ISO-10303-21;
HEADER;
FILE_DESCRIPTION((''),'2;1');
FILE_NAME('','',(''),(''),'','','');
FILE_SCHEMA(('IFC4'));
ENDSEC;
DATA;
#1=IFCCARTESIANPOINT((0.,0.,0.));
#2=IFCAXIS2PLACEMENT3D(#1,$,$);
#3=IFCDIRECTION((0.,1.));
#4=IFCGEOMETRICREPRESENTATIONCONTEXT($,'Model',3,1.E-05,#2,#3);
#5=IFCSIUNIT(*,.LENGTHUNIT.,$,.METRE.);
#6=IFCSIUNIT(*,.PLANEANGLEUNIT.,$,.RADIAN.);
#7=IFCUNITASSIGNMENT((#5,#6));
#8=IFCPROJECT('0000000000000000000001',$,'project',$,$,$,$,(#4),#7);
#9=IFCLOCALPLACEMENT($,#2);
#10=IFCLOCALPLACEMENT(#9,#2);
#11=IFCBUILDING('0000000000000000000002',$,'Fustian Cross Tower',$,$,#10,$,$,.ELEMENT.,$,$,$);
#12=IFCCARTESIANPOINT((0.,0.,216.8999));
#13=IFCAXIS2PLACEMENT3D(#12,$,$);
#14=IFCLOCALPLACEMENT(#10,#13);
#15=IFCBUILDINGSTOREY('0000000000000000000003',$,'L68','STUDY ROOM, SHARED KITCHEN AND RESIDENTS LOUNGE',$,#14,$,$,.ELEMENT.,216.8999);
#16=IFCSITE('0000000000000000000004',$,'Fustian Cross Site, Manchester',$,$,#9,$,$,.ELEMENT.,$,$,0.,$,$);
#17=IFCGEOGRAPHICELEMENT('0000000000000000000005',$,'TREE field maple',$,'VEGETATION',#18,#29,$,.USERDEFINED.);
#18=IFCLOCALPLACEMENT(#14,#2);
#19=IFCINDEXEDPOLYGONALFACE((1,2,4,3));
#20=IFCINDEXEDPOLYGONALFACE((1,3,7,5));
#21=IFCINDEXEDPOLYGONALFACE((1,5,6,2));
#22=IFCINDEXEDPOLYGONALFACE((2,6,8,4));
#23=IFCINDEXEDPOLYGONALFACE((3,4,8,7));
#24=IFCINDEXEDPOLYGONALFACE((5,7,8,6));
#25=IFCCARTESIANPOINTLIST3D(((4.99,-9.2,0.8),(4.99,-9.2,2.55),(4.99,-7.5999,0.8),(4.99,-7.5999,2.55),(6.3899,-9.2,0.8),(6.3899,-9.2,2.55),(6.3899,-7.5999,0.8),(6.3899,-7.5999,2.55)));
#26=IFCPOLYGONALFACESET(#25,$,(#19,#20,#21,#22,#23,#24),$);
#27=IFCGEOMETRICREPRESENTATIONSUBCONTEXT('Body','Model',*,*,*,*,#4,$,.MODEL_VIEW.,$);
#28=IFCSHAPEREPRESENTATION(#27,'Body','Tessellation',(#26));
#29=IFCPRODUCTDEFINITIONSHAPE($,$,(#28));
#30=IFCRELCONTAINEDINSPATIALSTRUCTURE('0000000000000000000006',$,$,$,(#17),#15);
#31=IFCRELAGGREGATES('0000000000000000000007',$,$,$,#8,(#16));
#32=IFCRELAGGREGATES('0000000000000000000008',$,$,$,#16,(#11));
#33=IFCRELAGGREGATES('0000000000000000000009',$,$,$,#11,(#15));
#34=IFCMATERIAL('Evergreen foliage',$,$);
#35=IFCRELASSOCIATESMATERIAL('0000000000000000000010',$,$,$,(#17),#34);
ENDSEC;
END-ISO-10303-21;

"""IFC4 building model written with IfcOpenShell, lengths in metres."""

from ifc_helpers import new_model, si_unit, direction, frame, origin, origin_2d, place, context, subcontext, project, spatial, rectangle, extrude, material, element, save


model = new_model("IFC4")

# Units and contexts
model_context = context("Model", 3, precision=1e-05, world=origin(), true_north=direction((0.0, 1.0)))
body_context = subcontext(model_context, "Body", "Model", "MODEL_VIEW")
ifc_project = project(units=[si_unit("LENGTHUNIT", "METRE"), si_unit("PLANEANGLEUNIT", "RADIAN")], contexts=[model_context])

# Site, building, storey
site_placement = place(None, origin())
site = spatial("IfcSite", under=ifc_project, at=site_placement, Name="Fustian Cross Site, Manchester", CompositionType="ELEMENT", RefElevation=0.0)
building_placement = place(site_placement, origin())
building = spatial("IfcBuilding", under=site, at=building_placement, Name="Fustian Cross Tower", CompositionType="ELEMENT")
storey_placement = place(building_placement, frame((0.0, 0.0, 216.8999)))
storey = spatial("IfcBuildingStorey", under=building, at=storey_placement, Name="L68", Description="STUDY ROOM, SHARED KITCHEN AND RESIDENTS LOUNGE", CompositionType="ELEMENT", Elevation=216.8999)

# Geographic element
ifc_material_1 = material(Name="Evergreen foliage")
for number, where, z_axis, x_axis, name in (
    (1, (5.6899, -8.3999, 0.8), (0.0, 0.0, 1.0), (1.0, 0.0, 0.0), "TREE field maple"),
):
    element("IfcGeographicElement", number, at=place(storey_placement, frame(where, z_axis=z_axis, x_axis=x_axis)), inside=storey, material=ifc_material_1, Name=name, ObjectType="VEGETATION", PredefinedType="USERDEFINED", context=body_context, shape_type="SweptSolid", body=[
        extrude(rectangle(XDim=1.3999, YDim=1.6001, at=origin_2d()), origin(), (0.0, 0.0, 1.0), 1.75),
    ])

save(model, "model.ifc")
